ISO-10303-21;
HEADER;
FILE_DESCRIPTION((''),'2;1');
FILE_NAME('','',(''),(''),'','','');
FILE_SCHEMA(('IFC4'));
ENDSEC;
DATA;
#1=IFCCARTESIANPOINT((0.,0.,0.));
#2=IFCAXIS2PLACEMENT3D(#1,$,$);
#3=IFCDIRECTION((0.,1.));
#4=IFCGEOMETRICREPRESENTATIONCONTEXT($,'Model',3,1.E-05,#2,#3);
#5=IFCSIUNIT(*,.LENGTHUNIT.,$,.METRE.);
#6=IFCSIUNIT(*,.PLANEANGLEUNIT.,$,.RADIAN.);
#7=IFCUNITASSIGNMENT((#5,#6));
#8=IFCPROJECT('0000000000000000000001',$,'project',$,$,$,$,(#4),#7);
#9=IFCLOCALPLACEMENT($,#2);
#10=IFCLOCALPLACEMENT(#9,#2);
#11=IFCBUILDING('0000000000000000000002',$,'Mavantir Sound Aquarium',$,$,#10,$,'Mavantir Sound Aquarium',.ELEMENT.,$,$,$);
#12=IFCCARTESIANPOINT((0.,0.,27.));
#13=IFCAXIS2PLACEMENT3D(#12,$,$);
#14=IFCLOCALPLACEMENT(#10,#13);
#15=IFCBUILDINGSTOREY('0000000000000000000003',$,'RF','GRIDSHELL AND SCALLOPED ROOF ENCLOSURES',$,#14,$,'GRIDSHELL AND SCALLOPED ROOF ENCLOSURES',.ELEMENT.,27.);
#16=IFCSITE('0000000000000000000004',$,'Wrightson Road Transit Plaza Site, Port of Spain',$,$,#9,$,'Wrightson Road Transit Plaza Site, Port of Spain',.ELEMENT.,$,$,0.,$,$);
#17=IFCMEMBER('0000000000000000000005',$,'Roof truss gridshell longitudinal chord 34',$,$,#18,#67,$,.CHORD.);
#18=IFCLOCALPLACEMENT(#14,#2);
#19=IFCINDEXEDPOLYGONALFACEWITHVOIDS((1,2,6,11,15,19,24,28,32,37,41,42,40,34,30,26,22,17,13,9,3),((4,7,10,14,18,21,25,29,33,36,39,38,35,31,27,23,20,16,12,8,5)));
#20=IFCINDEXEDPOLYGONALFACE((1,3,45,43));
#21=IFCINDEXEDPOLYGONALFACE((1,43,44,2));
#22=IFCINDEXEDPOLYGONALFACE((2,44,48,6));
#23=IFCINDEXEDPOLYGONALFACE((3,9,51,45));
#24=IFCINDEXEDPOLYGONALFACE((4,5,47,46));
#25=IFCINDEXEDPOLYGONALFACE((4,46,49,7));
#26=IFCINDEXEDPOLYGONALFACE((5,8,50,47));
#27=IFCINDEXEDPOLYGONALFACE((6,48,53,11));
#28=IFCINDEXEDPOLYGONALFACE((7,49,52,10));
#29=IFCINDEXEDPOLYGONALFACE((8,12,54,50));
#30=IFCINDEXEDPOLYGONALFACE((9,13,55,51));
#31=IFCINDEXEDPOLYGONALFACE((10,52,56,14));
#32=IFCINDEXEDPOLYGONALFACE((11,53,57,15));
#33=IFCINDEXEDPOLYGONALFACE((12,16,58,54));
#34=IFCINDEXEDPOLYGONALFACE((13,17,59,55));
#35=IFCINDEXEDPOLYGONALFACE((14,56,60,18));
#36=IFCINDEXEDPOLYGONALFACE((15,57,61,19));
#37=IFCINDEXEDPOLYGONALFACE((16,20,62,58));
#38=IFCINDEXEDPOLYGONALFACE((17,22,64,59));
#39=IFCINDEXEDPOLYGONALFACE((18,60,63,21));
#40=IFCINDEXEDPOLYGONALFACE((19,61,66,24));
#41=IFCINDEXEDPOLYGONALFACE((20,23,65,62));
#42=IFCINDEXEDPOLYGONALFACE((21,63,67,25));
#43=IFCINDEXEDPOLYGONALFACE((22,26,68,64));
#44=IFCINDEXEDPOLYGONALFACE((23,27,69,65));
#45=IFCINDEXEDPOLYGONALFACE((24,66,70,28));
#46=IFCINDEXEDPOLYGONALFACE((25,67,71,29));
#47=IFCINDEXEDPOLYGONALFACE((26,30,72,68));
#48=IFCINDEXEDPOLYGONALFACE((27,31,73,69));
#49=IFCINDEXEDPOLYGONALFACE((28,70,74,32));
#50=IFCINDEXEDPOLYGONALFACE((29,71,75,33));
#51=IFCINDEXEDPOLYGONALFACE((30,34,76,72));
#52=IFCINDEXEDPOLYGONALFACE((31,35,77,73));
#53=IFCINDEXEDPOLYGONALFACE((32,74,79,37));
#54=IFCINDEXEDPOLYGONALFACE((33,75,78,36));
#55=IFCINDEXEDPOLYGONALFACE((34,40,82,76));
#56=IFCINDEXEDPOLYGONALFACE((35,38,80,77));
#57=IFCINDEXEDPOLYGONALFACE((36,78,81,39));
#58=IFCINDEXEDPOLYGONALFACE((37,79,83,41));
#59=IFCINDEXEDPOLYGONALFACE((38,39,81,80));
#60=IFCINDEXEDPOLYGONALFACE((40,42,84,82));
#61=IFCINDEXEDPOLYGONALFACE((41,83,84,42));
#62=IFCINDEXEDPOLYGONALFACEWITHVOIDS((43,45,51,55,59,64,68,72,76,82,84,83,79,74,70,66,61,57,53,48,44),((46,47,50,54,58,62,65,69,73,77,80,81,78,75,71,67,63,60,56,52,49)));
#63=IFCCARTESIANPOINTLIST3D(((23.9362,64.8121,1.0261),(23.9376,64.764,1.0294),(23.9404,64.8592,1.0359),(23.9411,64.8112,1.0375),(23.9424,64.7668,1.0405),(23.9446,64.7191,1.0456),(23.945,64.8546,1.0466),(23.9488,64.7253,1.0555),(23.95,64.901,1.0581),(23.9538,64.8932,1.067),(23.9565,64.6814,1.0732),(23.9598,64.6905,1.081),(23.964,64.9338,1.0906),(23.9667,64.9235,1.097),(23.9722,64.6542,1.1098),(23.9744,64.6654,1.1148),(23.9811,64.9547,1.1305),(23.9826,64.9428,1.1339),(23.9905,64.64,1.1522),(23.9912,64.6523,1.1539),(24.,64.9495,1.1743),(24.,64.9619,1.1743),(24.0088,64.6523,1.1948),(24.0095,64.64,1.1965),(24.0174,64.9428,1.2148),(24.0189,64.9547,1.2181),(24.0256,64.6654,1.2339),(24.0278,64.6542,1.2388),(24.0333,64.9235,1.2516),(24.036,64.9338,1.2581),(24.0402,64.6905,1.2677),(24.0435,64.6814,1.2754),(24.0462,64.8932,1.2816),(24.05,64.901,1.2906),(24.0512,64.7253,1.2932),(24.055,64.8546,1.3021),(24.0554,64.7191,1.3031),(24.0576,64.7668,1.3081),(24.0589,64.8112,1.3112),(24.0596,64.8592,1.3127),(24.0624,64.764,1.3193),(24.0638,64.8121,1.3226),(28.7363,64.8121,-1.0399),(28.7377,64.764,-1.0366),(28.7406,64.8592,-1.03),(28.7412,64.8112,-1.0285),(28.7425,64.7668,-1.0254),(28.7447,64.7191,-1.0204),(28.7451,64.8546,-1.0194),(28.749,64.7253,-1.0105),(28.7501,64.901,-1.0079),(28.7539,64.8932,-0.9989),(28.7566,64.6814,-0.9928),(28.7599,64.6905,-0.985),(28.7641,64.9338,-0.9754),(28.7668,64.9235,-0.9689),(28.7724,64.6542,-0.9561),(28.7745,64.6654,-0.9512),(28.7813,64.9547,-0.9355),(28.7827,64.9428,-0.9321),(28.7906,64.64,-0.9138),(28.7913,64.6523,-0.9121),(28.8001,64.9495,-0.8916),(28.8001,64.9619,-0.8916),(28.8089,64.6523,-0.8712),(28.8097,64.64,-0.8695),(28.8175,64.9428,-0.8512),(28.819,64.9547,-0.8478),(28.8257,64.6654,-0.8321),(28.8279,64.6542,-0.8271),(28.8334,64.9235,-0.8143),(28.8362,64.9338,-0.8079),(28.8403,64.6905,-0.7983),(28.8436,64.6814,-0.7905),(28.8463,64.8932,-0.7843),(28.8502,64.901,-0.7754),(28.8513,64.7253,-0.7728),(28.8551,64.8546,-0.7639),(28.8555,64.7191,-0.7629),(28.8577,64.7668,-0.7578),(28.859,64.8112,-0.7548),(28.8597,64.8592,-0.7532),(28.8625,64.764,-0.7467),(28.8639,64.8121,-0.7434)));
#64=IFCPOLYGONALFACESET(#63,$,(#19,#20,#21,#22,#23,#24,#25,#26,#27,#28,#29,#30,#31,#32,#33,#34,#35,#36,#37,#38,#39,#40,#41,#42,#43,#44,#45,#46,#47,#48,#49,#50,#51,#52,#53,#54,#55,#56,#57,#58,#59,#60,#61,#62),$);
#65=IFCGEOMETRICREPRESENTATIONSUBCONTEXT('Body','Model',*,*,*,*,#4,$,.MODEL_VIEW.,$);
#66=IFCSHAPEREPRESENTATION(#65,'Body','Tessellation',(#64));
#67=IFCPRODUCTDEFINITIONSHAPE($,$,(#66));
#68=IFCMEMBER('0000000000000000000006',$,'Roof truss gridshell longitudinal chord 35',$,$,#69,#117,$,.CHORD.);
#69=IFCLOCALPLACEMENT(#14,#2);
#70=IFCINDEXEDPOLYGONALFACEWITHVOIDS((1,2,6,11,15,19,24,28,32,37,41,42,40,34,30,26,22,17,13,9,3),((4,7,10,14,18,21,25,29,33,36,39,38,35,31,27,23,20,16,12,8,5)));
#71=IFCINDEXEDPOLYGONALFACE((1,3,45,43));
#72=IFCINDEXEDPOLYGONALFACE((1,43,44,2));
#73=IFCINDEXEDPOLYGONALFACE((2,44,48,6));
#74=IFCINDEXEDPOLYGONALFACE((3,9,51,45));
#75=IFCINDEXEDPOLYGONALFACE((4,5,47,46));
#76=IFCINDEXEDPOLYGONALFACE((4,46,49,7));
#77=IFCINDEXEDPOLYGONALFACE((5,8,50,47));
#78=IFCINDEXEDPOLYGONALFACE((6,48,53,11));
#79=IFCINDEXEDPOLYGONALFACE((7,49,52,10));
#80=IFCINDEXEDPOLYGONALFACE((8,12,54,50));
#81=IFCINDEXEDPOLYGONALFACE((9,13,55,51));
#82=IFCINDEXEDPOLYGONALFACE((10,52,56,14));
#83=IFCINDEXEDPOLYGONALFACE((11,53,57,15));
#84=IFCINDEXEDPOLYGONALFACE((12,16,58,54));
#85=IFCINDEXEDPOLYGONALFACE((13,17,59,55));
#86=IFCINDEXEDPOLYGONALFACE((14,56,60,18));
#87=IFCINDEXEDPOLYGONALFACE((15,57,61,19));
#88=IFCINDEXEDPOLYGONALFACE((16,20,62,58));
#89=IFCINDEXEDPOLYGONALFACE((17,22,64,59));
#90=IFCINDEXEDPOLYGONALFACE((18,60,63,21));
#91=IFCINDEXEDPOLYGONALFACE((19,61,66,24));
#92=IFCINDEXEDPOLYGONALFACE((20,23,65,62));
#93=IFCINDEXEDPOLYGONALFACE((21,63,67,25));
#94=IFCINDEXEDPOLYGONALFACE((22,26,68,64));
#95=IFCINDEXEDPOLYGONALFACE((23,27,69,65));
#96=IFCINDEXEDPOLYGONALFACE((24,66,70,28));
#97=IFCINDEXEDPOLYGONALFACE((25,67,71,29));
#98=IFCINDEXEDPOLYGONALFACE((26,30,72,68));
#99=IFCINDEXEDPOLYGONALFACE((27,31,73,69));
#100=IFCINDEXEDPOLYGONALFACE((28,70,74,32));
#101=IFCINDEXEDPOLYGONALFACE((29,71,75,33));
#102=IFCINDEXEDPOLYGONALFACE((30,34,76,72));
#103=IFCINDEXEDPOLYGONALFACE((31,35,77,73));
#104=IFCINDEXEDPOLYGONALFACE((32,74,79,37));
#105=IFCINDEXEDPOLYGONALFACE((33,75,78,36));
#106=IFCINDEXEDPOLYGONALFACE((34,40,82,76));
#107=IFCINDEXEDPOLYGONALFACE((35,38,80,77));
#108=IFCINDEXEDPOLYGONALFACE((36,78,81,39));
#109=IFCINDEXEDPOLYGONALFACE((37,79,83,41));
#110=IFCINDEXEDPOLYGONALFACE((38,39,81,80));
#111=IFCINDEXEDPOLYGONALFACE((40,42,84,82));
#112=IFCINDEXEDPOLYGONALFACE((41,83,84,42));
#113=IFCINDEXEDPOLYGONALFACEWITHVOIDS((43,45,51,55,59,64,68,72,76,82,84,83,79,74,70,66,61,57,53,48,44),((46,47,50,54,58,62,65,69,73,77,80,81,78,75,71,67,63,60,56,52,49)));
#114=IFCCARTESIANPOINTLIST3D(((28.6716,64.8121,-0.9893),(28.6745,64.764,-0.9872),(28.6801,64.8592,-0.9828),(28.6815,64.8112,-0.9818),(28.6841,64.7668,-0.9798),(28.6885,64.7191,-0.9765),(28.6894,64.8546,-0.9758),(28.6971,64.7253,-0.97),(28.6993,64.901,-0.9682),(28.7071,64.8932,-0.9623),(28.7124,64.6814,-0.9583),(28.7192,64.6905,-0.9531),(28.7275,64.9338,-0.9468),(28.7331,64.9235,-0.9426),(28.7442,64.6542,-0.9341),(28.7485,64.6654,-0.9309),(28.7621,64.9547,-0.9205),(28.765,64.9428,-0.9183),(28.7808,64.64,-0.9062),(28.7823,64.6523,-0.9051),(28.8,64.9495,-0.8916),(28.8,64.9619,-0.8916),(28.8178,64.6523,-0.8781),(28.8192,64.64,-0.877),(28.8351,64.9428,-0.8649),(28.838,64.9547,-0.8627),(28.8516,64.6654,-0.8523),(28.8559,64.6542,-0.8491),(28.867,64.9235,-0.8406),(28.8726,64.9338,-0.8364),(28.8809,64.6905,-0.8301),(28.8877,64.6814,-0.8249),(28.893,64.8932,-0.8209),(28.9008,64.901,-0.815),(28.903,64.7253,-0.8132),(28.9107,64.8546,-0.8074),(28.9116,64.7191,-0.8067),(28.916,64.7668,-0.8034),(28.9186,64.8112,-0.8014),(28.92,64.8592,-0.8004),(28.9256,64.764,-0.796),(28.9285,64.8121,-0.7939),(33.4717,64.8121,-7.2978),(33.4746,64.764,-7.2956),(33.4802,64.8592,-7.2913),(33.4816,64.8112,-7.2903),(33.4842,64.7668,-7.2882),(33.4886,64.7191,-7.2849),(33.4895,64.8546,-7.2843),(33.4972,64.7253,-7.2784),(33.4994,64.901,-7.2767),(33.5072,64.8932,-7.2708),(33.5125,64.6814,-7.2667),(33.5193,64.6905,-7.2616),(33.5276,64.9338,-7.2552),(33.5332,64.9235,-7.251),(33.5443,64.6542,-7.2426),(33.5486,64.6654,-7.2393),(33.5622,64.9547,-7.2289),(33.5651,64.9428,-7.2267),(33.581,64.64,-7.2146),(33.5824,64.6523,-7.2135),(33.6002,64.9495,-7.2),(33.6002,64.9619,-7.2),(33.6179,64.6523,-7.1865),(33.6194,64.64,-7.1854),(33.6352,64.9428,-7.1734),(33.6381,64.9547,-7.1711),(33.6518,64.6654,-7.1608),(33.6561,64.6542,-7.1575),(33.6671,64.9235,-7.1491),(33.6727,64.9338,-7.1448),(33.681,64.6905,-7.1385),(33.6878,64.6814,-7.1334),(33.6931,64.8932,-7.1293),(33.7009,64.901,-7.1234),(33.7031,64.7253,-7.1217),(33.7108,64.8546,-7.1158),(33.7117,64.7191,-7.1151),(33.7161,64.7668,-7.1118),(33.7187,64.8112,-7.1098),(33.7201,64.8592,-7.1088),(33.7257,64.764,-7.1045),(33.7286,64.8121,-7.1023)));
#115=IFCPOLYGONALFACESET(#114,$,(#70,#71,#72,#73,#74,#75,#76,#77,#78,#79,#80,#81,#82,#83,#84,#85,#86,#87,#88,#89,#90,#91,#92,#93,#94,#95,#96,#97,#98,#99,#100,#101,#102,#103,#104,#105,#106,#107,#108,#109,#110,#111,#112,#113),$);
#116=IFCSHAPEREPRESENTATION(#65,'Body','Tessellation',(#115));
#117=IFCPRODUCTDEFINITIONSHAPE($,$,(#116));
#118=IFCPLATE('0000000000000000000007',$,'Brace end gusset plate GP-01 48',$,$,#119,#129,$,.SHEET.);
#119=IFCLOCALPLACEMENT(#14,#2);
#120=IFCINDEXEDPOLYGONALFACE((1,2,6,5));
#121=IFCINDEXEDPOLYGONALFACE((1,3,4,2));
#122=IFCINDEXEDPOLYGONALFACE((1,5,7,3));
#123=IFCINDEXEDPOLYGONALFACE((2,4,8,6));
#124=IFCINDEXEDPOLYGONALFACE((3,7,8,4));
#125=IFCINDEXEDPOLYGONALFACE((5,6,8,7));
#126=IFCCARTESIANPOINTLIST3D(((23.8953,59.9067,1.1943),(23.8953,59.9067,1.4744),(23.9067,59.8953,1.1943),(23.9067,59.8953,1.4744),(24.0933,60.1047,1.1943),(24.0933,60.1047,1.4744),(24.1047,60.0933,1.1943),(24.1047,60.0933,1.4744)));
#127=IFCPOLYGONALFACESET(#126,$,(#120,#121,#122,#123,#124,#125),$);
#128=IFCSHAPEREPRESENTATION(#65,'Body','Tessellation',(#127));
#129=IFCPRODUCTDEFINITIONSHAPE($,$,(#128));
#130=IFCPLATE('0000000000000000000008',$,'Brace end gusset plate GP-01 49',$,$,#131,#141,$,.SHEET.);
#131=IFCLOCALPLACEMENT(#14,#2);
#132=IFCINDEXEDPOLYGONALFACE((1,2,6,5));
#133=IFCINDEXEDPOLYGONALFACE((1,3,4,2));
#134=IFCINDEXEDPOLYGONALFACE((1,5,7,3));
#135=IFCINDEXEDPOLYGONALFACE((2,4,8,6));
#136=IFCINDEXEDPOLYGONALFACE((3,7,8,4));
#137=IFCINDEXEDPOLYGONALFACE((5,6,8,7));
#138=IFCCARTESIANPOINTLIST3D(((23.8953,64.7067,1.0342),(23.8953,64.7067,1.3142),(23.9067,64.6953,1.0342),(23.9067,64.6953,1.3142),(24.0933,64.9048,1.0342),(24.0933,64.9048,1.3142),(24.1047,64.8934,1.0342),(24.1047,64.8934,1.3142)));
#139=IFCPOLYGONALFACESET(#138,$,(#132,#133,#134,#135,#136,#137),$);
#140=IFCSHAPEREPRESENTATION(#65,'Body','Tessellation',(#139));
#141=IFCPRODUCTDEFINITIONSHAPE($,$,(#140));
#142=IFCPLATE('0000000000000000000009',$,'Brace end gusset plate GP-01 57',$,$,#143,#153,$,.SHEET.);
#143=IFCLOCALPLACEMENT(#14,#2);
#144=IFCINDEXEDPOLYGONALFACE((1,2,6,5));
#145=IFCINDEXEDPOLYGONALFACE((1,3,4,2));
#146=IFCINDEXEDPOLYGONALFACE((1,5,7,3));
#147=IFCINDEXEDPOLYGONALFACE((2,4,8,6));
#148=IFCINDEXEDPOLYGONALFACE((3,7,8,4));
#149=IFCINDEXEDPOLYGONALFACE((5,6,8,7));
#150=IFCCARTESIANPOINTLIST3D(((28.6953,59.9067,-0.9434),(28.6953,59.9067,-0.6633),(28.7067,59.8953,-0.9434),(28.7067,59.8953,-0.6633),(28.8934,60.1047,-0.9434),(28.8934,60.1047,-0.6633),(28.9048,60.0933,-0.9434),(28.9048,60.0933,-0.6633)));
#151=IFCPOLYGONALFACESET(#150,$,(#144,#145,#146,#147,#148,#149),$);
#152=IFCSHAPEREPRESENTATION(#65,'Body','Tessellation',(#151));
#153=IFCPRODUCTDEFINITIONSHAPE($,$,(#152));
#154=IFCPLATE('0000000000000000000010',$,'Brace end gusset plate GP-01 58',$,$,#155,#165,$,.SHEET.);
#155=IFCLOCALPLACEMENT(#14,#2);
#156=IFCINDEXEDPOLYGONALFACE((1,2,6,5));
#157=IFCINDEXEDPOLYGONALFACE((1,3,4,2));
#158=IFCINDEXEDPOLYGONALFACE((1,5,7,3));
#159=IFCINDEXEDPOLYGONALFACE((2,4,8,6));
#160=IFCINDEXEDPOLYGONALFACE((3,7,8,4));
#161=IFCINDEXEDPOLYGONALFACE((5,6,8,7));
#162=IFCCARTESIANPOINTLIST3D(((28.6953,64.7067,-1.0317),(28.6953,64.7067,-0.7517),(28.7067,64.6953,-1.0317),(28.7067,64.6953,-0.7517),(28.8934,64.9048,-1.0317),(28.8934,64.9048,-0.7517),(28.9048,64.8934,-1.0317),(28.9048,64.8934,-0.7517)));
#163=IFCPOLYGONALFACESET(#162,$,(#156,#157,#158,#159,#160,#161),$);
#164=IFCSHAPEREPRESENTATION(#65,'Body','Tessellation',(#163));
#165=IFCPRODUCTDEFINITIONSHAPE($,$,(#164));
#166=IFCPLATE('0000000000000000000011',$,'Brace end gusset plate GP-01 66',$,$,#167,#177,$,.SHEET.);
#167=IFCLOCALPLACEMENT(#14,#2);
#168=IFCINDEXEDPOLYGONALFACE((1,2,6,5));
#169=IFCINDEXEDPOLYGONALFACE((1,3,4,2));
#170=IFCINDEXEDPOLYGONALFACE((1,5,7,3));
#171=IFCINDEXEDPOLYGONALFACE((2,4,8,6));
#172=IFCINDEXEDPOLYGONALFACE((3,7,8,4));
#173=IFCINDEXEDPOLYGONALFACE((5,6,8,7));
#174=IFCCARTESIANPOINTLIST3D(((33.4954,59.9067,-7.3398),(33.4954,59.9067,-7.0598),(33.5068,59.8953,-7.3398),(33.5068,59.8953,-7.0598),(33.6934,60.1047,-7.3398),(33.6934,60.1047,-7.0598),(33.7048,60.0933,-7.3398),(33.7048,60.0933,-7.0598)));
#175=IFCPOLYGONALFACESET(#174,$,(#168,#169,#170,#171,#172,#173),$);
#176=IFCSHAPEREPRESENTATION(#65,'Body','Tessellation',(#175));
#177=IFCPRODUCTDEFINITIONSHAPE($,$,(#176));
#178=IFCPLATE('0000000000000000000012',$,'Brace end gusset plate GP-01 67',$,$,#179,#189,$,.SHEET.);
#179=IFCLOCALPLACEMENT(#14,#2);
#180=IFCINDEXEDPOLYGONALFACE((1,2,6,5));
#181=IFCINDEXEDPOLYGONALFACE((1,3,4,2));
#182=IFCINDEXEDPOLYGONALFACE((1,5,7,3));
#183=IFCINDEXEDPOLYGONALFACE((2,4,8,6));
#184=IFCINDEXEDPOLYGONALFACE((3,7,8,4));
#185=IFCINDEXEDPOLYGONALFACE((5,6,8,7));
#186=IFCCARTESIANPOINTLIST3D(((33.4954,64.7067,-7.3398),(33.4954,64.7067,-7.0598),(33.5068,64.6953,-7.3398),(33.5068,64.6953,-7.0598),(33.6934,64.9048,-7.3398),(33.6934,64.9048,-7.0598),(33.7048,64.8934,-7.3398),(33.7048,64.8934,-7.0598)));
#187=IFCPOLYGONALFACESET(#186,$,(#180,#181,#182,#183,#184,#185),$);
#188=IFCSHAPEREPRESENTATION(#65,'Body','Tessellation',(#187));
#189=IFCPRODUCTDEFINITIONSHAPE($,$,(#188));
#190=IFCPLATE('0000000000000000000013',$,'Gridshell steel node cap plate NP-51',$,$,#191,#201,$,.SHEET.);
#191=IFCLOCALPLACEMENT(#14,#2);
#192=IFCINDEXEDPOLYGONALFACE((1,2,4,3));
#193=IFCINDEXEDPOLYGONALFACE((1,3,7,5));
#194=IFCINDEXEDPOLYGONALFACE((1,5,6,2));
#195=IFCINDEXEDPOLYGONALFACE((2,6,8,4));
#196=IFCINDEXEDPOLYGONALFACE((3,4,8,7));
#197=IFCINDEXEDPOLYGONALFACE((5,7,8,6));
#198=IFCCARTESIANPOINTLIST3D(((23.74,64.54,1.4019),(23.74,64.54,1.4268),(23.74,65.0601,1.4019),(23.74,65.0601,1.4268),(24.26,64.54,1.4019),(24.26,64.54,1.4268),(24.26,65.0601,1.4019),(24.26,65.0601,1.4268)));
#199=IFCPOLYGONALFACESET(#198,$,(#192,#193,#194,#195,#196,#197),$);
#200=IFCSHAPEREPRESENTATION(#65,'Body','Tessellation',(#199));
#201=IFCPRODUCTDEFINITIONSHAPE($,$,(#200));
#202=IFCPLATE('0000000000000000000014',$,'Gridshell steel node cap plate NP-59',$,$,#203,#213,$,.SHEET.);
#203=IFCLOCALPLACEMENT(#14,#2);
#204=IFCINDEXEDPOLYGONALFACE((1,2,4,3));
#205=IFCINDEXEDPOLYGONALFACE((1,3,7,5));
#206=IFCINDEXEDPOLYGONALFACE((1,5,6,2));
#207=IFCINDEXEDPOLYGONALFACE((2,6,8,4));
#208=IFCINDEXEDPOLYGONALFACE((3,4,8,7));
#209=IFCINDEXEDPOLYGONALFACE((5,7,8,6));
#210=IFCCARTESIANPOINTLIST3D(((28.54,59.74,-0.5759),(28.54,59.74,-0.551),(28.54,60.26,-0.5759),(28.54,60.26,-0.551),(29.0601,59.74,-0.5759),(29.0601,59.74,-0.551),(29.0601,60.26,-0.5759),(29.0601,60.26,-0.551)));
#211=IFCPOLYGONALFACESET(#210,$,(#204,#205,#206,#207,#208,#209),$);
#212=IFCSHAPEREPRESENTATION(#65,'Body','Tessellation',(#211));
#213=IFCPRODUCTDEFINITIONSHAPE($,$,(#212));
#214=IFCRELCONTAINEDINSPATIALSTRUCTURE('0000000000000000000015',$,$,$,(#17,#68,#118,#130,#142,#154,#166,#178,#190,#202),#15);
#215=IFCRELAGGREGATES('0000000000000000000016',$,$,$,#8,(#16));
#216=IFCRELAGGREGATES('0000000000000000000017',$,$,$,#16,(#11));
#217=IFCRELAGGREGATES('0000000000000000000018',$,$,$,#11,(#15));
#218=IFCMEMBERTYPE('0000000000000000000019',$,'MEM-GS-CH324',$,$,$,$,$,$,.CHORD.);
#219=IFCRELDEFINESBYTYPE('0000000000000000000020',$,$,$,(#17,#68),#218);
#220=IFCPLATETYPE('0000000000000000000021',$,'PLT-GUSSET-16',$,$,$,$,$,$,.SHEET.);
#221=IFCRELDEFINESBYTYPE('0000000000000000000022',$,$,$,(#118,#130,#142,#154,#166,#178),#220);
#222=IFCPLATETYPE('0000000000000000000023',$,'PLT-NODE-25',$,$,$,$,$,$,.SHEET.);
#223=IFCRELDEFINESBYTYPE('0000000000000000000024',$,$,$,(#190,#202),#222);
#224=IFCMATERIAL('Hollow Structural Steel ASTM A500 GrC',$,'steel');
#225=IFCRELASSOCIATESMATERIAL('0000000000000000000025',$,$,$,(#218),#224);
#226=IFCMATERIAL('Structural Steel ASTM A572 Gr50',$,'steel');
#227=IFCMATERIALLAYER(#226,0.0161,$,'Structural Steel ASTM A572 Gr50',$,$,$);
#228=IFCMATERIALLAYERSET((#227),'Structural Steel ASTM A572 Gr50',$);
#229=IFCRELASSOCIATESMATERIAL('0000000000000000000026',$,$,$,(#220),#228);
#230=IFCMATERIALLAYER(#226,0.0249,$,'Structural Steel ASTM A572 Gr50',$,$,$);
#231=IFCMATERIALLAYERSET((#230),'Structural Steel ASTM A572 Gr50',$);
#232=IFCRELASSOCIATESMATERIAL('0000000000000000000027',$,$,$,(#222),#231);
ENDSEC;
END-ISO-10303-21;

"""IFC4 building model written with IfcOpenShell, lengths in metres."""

from ifc_helpers import new_model, si_unit, direction, frame, origin, origin_2d, place, context, subcontext, project, spatial, rectangle, hollow_circle, extrude, material, layer, layer_set, material_profile, profile_set, type_object, element, save


model = new_model("IFC4")

# Units and contexts
model_context = context("Model", 3, precision=1e-05, world=origin(), true_north=direction((0.0, 1.0)))
body_context = subcontext(model_context, "Body", "Model", "MODEL_VIEW")
ifc_project = project(units=[si_unit("LENGTHUNIT", "METRE"), si_unit("PLANEANGLEUNIT", "RADIAN")], contexts=[model_context])

# Site, building, storey
site_placement = place(None, origin())
site = spatial("IfcSite", under=ifc_project, at=site_placement, Name="Wrightson Road Transit Plaza Site, Port of Spain", LongName="Wrightson Road Transit Plaza Site, Port of Spain", CompositionType="ELEMENT", RefElevation=0.0)
building_placement = place(site_placement, origin())
building = spatial("IfcBuilding", under=site, at=building_placement, Name="Mavantir Sound Aquarium", LongName="Mavantir Sound Aquarium", CompositionType="ELEMENT")
storey_placement = place(building_placement, frame((0.0, 0.0, 27.0)))
storey = spatial("IfcBuildingStorey", under=building, at=storey_placement, Name="RF", Description="GRIDSHELL AND SCALLOPED ROOF ENCLOSURES", LongName="GRIDSHELL AND SCALLOPED ROOF ENCLOSURES", CompositionType="ELEMENT", Elevation=27.0)

# Shared definitions
ifc_material_1 = material(Name="Hollow Structural Steel ASTM A500 GrC", Category="steel")

# Members
ifc_material_profile_1 = material_profile(ifc_material_1, hollow_circle(Radius=0.1619, WallThickness=0.0125, at=origin_2d()), Name="CHS 323.9X12.5")
ifc_profile_set_1 = profile_set([ifc_material_profile_1], Name="Hollow Structural Steel ASTM A500 GrC")
member_type_1 = type_object("IfcMemberType", Name="MEM-GS-CH324", PredefinedType="CHORD", material=ifc_profile_set_1)
member_1_placement = place(storey_placement, frame((24.0, 64.8, 1.1743), z_axis=(0.918537, 0.0, -0.395334), x_axis=(0.0, 1.0, 0.0)))
element("IfcMember", 1, at=member_1_placement, inside=storey, type_object=member_type_1, Name="Roof truss gridshell longitudinal chord 34", PredefinedType="CHORD", context=body_context, shape_type="SweptSolid", body=[
    extrude(hollow_circle(Radius=0.1619, WallThickness=0.0125, at=origin_2d()), origin(), (0.0, 0.0, 1.0), 5.2258),
])
member_2_placement = place(storey_placement, frame((28.8, 64.8, -0.8916), z_axis=(0.605539, 0.0, -0.795815), x_axis=(0.0, 1.0, 0.0)))
element("IfcMember", 2, at=member_2_placement, inside=storey, type_object=member_type_1, Name="Roof truss gridshell longitudinal chord 35", PredefinedType="CHORD", context=body_context, shape_type="SweptSolid", body=[
    extrude(hollow_circle(Radius=0.1619, WallThickness=0.0125, at=origin_2d()), origin(), (0.0, 0.0, 1.0), 7.927),
])

# Plates
ifc_material_2 = material(Name="Structural Steel ASTM A572 Gr50", Category="steel")
ifc_layer_1 = layer(ifc_material_2, 0.0161, Name="Structural Steel ASTM A572 Gr50")
ifc_layer_set_1 = layer_set([ifc_layer_1], Name="Structural Steel ASTM A572 Gr50")
plate_type_1 = type_object("IfcPlateType", Name="PLT-GUSSET-16", PredefinedType="SHEET", material=ifc_layer_set_1)
for number, where, z_axis, x_axis, name in (
    (3, (24.0, 60.0, 1.1943), (0.0, 0.0, 1.0), (0.707107, 0.707107, 0.0), "Brace end gusset plate GP-01 48"),
    (4, (24.0, 64.8, 1.0342), (0.0, 0.0, 1.0), (0.707107, 0.707107, 0.0), "Brace end gusset plate GP-01 49"),
    (5, (28.8, 60.0, -0.9434), (0.0, 0.0, 1.0), (0.707107, 0.707107, 0.0), "Brace end gusset plate GP-01 57"),
    (6, (28.8, 64.8, -1.0317), (0.0, 0.0, 1.0), (0.707107, 0.707107, 0.0), "Brace end gusset plate GP-01 58"),
    (7, (33.6001, 60.0, -7.3398), (0.0, 0.0, 1.0), (0.707107, 0.707107, 0.0), "Brace end gusset plate GP-01 66"),
    (8, (33.6001, 64.8, -7.3398), (0.0, 0.0, 1.0), (0.707107, 0.707107, 0.0), "Brace end gusset plate GP-01 67"),
):
    element("IfcPlate", number, at=place(storey_placement, frame(where, z_axis=z_axis, x_axis=x_axis)), inside=storey, type_object=plate_type_1, Name=name, PredefinedType="SHEET", context=body_context, shape_type="SweptSolid", body=[
        extrude(rectangle(XDim=0.28, YDim=0.0161, at=origin_2d()), origin(), (0.0, 0.0, 1.0), 0.28),
    ])
ifc_layer_2 = layer(ifc_material_2, 0.0249, Name="Structural Steel ASTM A572 Gr50")
ifc_layer_set_2 = layer_set([ifc_layer_2], Name="Structural Steel ASTM A572 Gr50")
plate_type_2 = type_object("IfcPlateType", Name="PLT-NODE-25", PredefinedType="SHEET", material=ifc_layer_set_2)
for number, where, z_axis, x_axis, name in (
    (9, (24.0, 64.8, 1.4019), (0.0, 0.0, 1.0), (1.0, 0.0, 0.0), "Gridshell steel node cap plate NP-51"),
    (10, (28.8, 60.0, -0.5759), (0.0, 0.0, 1.0), (1.0, 0.0, 0.0), "Gridshell steel node cap plate NP-59"),
):
    element("IfcPlate", number, at=place(storey_placement, frame(where, z_axis=z_axis, x_axis=x_axis)), inside=storey, type_object=plate_type_2, Name=name, PredefinedType="SHEET", context=body_context, shape_type="SweptSolid", body=[
        extrude(rectangle(XDim=0.52, YDim=0.52, at=origin_2d()), origin(), (0.0, 0.0, 1.0), 0.0249),
    ])

save(model, "model.ifc")
